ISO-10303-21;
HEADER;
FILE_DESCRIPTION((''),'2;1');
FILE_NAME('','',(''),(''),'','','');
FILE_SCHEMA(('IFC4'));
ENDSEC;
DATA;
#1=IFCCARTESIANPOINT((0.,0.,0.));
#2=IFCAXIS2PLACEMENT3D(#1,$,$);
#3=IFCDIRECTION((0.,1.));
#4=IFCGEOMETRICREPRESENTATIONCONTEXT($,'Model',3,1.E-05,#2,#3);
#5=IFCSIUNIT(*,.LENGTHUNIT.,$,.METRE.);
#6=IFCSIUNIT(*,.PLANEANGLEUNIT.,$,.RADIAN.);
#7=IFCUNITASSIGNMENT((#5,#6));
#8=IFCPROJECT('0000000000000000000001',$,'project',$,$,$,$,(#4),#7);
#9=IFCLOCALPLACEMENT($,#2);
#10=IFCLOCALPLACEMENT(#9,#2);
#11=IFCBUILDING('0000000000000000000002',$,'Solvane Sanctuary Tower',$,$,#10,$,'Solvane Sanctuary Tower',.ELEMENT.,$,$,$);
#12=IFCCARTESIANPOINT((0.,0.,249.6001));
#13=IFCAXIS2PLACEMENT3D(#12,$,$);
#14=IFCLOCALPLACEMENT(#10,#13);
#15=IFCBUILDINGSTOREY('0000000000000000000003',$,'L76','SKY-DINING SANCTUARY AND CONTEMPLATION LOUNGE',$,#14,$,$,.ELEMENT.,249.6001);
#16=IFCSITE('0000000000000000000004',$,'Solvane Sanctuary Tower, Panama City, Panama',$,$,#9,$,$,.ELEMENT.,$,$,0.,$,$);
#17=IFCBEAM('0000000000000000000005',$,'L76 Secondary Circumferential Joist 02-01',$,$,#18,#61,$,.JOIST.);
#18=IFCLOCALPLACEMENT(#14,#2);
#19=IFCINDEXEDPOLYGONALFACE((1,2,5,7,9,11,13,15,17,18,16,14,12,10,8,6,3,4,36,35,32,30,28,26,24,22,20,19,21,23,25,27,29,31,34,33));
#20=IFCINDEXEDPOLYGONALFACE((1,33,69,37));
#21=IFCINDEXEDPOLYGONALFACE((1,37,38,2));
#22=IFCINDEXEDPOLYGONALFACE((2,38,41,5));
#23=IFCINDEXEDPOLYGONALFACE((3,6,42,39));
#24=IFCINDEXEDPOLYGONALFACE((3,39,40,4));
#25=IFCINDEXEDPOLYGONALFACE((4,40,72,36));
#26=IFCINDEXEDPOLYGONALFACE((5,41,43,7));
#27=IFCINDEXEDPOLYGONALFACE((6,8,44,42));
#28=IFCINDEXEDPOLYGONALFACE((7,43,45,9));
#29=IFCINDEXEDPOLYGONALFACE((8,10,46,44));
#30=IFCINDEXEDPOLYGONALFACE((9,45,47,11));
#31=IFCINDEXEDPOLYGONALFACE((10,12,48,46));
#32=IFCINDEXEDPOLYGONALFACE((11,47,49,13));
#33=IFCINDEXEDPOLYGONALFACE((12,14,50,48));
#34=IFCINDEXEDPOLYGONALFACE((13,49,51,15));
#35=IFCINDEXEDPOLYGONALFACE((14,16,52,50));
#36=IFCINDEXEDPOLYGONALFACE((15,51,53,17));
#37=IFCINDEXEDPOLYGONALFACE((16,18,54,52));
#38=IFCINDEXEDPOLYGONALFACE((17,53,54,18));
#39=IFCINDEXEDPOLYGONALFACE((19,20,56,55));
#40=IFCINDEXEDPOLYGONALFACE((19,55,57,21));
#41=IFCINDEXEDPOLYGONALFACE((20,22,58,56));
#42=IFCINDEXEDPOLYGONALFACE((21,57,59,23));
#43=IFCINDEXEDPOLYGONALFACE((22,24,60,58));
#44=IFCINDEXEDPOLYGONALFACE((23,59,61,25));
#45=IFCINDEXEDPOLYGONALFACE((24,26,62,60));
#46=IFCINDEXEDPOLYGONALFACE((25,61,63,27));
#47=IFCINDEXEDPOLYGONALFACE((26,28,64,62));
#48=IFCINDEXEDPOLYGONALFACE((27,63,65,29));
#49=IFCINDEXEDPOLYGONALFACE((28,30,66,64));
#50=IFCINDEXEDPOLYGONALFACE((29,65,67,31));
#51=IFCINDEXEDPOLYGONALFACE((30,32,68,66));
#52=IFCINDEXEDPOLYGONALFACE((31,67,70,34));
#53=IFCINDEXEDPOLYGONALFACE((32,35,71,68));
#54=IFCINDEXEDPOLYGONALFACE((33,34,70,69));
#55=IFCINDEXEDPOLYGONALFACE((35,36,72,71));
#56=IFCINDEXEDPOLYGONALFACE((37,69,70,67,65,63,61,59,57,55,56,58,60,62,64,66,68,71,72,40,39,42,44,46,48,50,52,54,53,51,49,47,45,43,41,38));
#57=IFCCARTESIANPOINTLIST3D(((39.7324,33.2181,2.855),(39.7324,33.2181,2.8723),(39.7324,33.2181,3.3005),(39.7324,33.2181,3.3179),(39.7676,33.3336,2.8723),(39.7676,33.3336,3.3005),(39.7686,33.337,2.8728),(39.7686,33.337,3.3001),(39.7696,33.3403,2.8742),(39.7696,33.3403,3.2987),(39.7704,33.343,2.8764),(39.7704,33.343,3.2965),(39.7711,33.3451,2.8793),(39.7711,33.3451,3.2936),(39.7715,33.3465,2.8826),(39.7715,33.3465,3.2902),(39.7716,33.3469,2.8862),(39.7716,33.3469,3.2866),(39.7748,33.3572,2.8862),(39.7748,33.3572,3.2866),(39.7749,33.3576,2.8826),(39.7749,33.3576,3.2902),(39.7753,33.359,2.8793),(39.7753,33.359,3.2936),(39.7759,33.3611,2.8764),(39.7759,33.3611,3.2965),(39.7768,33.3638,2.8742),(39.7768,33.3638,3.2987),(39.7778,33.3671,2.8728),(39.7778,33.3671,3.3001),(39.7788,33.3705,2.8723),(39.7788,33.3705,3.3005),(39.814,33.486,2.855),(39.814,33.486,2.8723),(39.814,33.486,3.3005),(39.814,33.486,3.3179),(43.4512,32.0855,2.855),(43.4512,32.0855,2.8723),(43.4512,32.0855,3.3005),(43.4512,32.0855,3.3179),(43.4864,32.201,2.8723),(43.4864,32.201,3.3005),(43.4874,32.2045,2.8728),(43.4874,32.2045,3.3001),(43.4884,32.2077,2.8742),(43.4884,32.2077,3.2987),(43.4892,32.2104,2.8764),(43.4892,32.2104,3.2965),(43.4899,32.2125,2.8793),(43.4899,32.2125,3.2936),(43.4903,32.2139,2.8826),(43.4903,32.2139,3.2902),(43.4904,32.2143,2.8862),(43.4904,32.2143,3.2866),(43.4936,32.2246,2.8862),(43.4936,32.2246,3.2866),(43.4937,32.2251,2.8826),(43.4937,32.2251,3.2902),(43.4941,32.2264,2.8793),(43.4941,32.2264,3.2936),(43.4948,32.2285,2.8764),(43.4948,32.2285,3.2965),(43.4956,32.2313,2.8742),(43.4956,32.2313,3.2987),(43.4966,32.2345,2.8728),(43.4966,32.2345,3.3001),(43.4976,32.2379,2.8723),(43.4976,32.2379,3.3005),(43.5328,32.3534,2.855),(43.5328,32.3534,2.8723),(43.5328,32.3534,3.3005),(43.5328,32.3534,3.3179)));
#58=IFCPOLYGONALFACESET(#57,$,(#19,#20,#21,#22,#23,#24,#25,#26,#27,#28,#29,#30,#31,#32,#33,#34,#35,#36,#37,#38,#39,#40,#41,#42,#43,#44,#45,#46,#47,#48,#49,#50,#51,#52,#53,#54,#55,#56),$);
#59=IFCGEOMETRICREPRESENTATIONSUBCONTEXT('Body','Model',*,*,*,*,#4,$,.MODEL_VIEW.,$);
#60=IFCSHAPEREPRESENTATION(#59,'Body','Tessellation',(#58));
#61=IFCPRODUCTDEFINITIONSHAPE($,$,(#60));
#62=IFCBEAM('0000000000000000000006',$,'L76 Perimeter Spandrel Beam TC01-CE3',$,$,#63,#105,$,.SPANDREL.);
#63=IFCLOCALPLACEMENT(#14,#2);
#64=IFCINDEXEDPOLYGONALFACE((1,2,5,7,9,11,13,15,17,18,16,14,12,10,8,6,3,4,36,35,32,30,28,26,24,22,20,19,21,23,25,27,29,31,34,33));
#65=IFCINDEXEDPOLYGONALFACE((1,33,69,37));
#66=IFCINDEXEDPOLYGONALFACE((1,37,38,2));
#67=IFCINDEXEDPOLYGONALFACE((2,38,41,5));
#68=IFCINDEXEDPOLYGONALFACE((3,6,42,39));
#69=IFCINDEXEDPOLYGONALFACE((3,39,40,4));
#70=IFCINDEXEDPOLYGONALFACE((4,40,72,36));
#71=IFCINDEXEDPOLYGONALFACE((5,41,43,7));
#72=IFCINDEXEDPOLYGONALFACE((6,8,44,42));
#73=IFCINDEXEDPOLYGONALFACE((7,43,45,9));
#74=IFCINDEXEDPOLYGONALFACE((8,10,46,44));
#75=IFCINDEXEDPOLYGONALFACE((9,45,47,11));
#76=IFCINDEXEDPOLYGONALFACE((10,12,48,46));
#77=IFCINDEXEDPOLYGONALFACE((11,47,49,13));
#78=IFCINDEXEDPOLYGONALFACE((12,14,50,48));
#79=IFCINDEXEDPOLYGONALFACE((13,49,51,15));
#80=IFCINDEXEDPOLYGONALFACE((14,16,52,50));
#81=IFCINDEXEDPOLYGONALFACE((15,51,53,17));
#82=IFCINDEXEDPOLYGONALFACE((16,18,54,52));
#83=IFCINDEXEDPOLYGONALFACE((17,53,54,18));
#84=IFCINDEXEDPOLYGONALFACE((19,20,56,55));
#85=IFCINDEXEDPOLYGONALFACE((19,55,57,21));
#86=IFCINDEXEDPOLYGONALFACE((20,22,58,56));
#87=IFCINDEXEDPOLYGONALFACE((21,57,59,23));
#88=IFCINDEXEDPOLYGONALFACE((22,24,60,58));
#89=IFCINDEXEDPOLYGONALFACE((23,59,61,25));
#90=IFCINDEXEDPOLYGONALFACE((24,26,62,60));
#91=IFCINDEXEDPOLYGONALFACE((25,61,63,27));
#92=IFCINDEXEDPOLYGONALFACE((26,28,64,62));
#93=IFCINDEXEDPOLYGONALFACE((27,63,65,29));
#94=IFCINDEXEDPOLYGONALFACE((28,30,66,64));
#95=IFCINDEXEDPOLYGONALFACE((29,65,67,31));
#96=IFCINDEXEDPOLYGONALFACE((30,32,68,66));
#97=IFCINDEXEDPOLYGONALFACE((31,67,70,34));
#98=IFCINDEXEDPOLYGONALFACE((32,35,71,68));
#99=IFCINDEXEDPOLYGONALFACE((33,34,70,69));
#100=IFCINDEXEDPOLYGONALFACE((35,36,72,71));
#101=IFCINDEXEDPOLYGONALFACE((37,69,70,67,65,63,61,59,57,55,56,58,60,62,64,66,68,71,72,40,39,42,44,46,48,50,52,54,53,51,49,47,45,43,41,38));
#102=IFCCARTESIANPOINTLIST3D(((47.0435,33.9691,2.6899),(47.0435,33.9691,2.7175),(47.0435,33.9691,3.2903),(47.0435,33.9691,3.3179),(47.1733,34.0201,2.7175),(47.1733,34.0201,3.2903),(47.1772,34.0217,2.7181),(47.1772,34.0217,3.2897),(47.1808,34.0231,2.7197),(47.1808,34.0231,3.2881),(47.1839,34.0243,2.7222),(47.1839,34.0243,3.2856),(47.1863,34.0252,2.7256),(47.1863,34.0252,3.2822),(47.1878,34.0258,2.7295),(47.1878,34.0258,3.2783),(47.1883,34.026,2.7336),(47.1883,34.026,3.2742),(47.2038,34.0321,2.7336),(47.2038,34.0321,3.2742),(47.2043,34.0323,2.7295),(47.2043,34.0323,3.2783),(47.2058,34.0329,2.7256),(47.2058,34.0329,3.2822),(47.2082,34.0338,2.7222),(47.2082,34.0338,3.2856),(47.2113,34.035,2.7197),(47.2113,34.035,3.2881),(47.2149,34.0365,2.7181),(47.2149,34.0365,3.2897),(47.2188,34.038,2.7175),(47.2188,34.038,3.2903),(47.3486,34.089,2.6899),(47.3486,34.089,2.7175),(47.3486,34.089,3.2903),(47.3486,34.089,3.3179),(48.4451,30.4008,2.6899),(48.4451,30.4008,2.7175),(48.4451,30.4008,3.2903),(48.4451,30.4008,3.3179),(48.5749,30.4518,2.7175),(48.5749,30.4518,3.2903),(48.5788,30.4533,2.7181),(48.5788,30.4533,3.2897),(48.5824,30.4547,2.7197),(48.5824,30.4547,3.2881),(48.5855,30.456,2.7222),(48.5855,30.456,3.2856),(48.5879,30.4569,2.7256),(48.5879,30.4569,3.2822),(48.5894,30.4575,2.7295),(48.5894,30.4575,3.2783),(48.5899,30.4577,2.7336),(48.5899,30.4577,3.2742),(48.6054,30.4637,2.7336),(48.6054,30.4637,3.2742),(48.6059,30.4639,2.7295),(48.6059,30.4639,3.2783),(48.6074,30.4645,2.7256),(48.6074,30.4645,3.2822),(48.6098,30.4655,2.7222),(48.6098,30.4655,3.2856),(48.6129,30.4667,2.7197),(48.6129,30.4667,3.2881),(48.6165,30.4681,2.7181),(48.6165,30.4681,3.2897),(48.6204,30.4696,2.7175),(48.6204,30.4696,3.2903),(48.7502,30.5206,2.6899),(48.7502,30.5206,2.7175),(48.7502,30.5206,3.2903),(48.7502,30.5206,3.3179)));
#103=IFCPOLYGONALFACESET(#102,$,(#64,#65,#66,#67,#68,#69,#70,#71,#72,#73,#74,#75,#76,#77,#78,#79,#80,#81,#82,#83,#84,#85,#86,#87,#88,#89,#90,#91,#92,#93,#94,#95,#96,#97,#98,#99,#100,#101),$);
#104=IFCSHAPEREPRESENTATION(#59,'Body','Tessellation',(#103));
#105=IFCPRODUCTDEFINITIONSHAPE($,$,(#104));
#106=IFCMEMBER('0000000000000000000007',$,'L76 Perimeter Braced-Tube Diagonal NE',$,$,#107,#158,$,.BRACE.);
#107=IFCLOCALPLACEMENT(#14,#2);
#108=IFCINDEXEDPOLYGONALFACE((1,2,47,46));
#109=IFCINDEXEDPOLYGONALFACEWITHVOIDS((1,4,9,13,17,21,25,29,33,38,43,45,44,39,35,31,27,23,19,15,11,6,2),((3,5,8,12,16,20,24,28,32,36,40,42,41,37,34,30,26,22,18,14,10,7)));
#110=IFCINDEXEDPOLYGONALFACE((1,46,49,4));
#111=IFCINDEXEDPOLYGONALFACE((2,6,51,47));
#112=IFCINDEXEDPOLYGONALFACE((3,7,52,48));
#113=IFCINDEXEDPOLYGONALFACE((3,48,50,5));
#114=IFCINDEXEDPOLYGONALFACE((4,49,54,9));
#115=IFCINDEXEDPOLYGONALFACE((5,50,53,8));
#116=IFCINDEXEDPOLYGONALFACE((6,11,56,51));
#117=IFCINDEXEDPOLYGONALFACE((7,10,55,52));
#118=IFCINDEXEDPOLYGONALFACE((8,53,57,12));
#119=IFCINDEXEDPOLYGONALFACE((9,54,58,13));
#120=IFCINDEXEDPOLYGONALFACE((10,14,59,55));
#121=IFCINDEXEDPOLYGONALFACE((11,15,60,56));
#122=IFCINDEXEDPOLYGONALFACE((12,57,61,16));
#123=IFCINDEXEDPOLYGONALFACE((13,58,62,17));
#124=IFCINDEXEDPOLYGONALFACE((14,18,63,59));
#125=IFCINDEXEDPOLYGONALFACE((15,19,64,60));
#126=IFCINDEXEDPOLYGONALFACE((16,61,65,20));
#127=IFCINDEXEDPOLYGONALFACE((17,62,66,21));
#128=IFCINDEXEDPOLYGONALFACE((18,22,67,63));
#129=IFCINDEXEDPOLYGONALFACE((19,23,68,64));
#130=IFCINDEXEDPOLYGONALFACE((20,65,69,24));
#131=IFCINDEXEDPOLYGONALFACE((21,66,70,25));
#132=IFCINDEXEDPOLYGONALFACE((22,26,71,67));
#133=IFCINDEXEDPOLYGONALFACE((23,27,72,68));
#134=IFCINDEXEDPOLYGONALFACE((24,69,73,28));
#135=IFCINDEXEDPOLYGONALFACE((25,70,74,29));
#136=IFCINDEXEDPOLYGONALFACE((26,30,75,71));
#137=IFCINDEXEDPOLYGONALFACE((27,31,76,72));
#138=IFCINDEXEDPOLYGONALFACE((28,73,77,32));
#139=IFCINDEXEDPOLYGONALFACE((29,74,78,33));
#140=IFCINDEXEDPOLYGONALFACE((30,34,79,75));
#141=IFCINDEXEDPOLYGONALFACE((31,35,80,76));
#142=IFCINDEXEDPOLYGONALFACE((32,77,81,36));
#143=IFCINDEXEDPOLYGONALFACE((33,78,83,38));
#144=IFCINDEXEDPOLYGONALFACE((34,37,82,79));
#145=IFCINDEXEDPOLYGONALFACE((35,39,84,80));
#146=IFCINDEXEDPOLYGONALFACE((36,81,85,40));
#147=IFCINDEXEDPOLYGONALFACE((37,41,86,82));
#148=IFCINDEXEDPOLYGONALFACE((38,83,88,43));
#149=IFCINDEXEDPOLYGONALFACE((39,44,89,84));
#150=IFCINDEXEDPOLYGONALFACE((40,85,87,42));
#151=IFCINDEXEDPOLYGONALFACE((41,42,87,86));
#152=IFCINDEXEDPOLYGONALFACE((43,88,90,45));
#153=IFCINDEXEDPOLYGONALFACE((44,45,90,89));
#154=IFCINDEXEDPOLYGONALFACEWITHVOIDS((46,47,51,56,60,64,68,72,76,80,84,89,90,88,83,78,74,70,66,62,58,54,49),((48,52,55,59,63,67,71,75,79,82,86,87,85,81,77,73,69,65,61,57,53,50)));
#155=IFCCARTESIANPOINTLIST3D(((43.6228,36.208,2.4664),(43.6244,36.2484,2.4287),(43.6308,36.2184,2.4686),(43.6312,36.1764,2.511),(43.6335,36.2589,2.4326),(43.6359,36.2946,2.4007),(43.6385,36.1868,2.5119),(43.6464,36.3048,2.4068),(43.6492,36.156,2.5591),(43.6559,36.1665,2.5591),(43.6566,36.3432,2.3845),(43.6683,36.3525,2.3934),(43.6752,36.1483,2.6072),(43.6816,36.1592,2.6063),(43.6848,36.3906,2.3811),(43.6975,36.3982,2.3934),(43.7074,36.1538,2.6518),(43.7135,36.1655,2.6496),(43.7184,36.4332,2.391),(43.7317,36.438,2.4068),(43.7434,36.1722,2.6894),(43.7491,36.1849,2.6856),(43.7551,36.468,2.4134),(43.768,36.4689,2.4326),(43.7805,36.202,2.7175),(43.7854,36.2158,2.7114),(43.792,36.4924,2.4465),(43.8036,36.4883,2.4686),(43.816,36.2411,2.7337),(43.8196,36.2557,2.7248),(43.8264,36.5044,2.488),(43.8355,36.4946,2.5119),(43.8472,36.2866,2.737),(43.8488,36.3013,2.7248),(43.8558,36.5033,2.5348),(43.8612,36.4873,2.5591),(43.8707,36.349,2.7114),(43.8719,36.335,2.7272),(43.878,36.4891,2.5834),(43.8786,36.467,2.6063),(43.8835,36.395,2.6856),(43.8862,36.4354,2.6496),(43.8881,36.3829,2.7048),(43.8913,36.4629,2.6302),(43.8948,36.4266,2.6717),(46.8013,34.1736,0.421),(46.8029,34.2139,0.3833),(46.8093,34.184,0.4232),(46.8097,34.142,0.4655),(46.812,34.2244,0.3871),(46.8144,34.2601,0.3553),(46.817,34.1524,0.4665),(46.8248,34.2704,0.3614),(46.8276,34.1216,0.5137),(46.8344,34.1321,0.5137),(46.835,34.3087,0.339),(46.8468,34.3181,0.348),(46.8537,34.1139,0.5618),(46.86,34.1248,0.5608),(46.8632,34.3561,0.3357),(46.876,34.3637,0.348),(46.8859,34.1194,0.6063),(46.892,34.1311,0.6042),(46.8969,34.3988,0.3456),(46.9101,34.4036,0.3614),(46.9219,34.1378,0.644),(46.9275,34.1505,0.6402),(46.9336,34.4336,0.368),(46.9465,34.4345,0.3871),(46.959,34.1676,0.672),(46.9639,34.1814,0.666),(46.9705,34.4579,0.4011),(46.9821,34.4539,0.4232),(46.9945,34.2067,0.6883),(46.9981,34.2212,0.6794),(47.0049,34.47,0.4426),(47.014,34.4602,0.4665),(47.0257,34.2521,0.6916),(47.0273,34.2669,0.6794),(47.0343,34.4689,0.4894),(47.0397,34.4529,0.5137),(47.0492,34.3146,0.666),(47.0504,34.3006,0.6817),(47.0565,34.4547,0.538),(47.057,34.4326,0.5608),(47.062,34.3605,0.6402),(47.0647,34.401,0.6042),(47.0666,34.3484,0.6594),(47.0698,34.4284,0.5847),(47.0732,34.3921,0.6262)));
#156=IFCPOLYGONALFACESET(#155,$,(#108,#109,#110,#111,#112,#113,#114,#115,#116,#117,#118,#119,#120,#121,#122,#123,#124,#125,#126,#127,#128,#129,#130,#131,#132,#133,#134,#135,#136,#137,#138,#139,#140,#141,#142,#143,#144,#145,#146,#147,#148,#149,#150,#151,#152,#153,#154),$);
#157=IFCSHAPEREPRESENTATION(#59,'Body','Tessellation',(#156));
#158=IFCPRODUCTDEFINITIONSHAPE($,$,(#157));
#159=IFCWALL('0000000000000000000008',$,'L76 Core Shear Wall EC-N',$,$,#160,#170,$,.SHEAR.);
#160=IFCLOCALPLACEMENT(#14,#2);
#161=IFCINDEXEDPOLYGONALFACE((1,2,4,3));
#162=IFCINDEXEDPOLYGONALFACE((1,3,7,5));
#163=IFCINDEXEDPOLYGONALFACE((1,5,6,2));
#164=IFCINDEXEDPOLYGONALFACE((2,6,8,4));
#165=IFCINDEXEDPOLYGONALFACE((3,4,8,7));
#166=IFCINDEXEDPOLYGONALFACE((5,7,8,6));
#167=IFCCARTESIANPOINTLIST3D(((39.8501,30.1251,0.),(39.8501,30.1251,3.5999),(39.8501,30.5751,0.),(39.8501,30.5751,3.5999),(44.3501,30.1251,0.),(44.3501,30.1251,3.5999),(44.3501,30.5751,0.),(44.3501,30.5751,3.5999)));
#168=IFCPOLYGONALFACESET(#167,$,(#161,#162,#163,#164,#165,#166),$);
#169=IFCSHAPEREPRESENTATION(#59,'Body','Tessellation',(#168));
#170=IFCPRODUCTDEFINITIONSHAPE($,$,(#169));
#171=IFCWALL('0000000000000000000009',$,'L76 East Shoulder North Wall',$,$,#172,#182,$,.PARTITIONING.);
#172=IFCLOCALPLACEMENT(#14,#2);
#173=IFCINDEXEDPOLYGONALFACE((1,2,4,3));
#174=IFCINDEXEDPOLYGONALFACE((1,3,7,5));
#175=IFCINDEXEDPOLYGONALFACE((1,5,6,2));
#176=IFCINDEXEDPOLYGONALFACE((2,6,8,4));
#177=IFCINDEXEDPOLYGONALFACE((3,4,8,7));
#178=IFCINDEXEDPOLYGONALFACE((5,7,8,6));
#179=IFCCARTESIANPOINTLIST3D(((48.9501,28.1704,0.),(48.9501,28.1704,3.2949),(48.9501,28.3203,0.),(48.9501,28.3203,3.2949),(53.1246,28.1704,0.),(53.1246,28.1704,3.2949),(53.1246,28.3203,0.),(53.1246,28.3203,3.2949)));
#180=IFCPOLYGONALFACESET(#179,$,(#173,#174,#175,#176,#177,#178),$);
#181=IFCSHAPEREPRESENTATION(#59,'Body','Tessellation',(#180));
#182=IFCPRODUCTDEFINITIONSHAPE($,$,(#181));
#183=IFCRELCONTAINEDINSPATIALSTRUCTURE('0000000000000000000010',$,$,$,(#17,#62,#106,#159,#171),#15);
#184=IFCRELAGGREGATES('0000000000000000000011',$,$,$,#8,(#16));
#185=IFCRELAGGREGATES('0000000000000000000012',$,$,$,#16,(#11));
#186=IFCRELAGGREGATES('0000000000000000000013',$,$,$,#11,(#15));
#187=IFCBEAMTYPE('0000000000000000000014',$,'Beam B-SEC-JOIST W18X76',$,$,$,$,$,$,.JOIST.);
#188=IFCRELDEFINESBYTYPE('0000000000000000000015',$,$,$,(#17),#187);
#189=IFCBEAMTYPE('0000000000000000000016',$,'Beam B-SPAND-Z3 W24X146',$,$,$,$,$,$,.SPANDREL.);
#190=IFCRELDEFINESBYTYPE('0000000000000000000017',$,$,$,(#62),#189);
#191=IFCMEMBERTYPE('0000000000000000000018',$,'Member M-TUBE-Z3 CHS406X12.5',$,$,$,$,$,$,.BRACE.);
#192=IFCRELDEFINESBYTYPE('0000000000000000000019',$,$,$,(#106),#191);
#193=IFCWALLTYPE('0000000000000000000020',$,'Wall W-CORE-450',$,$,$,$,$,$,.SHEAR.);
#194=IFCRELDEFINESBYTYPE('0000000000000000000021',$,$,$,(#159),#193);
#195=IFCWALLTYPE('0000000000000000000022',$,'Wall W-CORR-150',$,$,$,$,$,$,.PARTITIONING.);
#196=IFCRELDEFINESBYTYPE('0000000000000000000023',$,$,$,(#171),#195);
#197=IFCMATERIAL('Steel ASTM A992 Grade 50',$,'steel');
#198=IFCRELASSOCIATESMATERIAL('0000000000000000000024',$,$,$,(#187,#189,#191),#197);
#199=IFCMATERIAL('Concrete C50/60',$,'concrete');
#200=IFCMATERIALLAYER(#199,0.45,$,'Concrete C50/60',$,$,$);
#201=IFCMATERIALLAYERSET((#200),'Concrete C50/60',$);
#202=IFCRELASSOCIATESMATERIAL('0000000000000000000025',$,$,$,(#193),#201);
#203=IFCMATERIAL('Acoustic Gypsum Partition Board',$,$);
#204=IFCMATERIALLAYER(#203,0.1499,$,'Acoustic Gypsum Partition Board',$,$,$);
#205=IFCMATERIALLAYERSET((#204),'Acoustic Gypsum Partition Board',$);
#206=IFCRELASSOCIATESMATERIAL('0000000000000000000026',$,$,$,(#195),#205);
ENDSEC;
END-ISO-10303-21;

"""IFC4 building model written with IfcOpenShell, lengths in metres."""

from ifc_helpers import new_model, si_unit, direction, frame, frame_2d, origin, origin_2d, place, context, subcontext, project, spatial, rectangle, hollow_circle, i_section, extrude, material, layer, layer_set, material_profile, profile_set, type_object, element, save


model = new_model("IFC4")

# Units and contexts
model_context = context("Model", 3, precision=1e-05, world=origin(), true_north=direction((0.0, 1.0)))
body_context = subcontext(model_context, "Body", "Model", "MODEL_VIEW")
ifc_project = project(units=[si_unit("LENGTHUNIT", "METRE"), si_unit("PLANEANGLEUNIT", "RADIAN")], contexts=[model_context])

# Site, building, storey
site_placement = place(None, origin())
site = spatial("IfcSite", under=ifc_project, at=site_placement, Name="Solvane Sanctuary Tower, Panama City, Panama", CompositionType="ELEMENT", RefElevation=0.0)
building_placement = place(site_placement, origin())
building = spatial("IfcBuilding", under=site, at=building_placement, Name="Solvane Sanctuary Tower", LongName="Solvane Sanctuary Tower", CompositionType="ELEMENT")
storey_placement = place(building_placement, frame((0.0, 0.0, 249.6001)))
storey = spatial("IfcBuildingStorey", under=building, at=storey_placement, Name="L76", Description="SKY-DINING SANCTUARY AND CONTEMPLATION LOUNGE", CompositionType="ELEMENT", Elevation=249.6001)

# Beams
ifc_material_1 = material(Name="Steel ASTM A992 Grade 50", Category="steel")
ifc_material_profile_1 = material_profile(ifc_material_1, i_section(OverallWidth=0.28, OverallDepth=0.4629, WebThickness=0.0107, FlangeThickness=0.0173, FilletRadius=0.0139, at=origin_2d()), Name="W18X76")
ifc_profile_set_1 = profile_set([ifc_material_profile_1], Name="Steel ASTM A992 Grade 50")
beam_type_1 = type_object("IfcBeamType", Name="Beam B-SEC-JOIST W18X76", PredefinedType="JOIST", material=ifc_profile_set_1)
beam_1_placement = place(storey_placement, frame((39.7732, 33.3521, 3.0864), z_axis=(0.956618, -0.291344, 0.0), x_axis=(0.291344, 0.956618, 0.0)))
element("IfcBeam", 1, at=beam_1_placement, inside=storey, type_object=beam_type_1, Name="L76 Secondary Circumferential Joist 02-01", PredefinedType="JOIST", context=body_context, shape_type="SweptSolid", body=[
    extrude(i_section(OverallWidth=0.28, OverallDepth=0.4629, WebThickness=0.0107, FlangeThickness=0.0173, FilletRadius=0.0139, at=origin_2d()), origin(), (0.0, 0.0, 1.0), 3.8875),
])
ifc_material_profile_2 = material_profile(ifc_material_1, i_section(OverallWidth=0.3279, OverallDepth=0.6279, WebThickness=0.0166, FlangeThickness=0.0276, FilletRadius=0.0161, at=origin_2d()), Name="W24X146")
ifc_profile_set_2 = profile_set([ifc_material_profile_2], Name="Steel ASTM A992 Grade 50")
beam_type_2 = type_object("IfcBeamType", Name="Beam B-SPAND-Z3 W24X146", PredefinedType="SPANDREL", material=ifc_profile_set_2)
beam_2_placement = place(storey_placement, frame((47.196, 34.0291, 3.0039), z_axis=(0.365597, -0.930773, 0.0), x_axis=(0.930773, 0.365597, 0.0)))
element("IfcBeam", 2, at=beam_2_placement, inside=storey, type_object=beam_type_2, Name="L76 Perimeter Spandrel Beam TC01-CE3", PredefinedType="SPANDREL", context=body_context, shape_type="SweptSolid", body=[
    extrude(i_section(OverallWidth=0.3279, OverallDepth=0.6279, WebThickness=0.0166, FlangeThickness=0.0276, FilletRadius=0.0161, at=origin_2d()), origin(), (0.0, 0.0, 1.0), 3.8337),
])

# Member
ifc_material_profile_3 = material_profile(ifc_material_1, hollow_circle(Radius=0.2029, WallThickness=0.0125, at=origin_2d()), Name="CHS406X12.5")
ifc_profile_set_3 = profile_set([ifc_material_profile_3], Name="Steel ASTM A992 Grade 50")
member_type = type_object("IfcMemberType", Name="Member M-TUBE-Z3 CHS406X12.5", PredefinedType="BRACE", material=ifc_profile_set_3)
member_placement = place(storey_placement, frame((46.937, 34.2925, 0.5137), z_axis=(-0.740476, 0.473953, 0.476512), x_axis=(-0.539092, -0.842247, 0.0)))
element("IfcMember", 3, at=member_placement, inside=storey, type_object=member_type, Name="L76 Perimeter Braced-Tube Diagonal NE", PredefinedType="BRACE", context=body_context, shape_type="SweptSolid", body=[
    extrude(hollow_circle(Radius=0.2029, WallThickness=0.0125, at=origin_2d()), origin(), (0.0, 0.0, 1.0), 4.2925),
])

# Walls
ifc_material_2 = material(Name="Concrete C50/60", Category="concrete")
ifc_layer_1 = layer(ifc_material_2, 0.45, Name="Concrete C50/60")
ifc_layer_set_1 = layer_set([ifc_layer_1], Name="Concrete C50/60")
wall_type_1 = type_object("IfcWallType", Name="Wall W-CORE-450", PredefinedType="SHEAR", material=ifc_layer_set_1)
wall_1_placement = place(storey_placement, frame((39.8501, 30.3501, 0.0), z_axis=(0.0, 0.0, 1.0), x_axis=(1.0, 0.0, 0.0)))
element("IfcWall", 4, at=wall_1_placement, inside=storey, type_object=wall_type_1, Name="L76 Core Shear Wall EC-N", PredefinedType="SHEAR", context=body_context, shape_type="SweptSolid", body=[
    extrude(rectangle(XDim=4.5, YDim=0.45, at=frame_2d((2.25, 0.0))), origin(), (0.0, 0.0, 1.0), 3.5999),
])
ifc_material_3 = material(Name="Acoustic Gypsum Partition Board")
ifc_layer_2 = layer(ifc_material_3, 0.1499, Name="Acoustic Gypsum Partition Board")
ifc_layer_set_2 = layer_set([ifc_layer_2], Name="Acoustic Gypsum Partition Board")
wall_type_2 = type_object("IfcWallType", Name="Wall W-CORR-150", PredefinedType="PARTITIONING", material=ifc_layer_set_2)
wall_2_placement = place(storey_placement, frame((48.95, 28.2454, 0.0), z_axis=(0.0, 0.0, 1.0), x_axis=(1.0, 0.0, 0.0)))
element("IfcWall", 5, at=wall_2_placement, inside=storey, type_object=wall_type_2, Name="L76 East Shoulder North Wall", PredefinedType="PARTITIONING", context=body_context, shape_type="SweptSolid", body=[
    extrude(rectangle(XDim=4.1746, YDim=0.1499, at=frame_2d((2.0874, 0.0))), origin(), (0.0, 0.0, 1.0), 3.2949),
])

save(model, "model.ifc")
